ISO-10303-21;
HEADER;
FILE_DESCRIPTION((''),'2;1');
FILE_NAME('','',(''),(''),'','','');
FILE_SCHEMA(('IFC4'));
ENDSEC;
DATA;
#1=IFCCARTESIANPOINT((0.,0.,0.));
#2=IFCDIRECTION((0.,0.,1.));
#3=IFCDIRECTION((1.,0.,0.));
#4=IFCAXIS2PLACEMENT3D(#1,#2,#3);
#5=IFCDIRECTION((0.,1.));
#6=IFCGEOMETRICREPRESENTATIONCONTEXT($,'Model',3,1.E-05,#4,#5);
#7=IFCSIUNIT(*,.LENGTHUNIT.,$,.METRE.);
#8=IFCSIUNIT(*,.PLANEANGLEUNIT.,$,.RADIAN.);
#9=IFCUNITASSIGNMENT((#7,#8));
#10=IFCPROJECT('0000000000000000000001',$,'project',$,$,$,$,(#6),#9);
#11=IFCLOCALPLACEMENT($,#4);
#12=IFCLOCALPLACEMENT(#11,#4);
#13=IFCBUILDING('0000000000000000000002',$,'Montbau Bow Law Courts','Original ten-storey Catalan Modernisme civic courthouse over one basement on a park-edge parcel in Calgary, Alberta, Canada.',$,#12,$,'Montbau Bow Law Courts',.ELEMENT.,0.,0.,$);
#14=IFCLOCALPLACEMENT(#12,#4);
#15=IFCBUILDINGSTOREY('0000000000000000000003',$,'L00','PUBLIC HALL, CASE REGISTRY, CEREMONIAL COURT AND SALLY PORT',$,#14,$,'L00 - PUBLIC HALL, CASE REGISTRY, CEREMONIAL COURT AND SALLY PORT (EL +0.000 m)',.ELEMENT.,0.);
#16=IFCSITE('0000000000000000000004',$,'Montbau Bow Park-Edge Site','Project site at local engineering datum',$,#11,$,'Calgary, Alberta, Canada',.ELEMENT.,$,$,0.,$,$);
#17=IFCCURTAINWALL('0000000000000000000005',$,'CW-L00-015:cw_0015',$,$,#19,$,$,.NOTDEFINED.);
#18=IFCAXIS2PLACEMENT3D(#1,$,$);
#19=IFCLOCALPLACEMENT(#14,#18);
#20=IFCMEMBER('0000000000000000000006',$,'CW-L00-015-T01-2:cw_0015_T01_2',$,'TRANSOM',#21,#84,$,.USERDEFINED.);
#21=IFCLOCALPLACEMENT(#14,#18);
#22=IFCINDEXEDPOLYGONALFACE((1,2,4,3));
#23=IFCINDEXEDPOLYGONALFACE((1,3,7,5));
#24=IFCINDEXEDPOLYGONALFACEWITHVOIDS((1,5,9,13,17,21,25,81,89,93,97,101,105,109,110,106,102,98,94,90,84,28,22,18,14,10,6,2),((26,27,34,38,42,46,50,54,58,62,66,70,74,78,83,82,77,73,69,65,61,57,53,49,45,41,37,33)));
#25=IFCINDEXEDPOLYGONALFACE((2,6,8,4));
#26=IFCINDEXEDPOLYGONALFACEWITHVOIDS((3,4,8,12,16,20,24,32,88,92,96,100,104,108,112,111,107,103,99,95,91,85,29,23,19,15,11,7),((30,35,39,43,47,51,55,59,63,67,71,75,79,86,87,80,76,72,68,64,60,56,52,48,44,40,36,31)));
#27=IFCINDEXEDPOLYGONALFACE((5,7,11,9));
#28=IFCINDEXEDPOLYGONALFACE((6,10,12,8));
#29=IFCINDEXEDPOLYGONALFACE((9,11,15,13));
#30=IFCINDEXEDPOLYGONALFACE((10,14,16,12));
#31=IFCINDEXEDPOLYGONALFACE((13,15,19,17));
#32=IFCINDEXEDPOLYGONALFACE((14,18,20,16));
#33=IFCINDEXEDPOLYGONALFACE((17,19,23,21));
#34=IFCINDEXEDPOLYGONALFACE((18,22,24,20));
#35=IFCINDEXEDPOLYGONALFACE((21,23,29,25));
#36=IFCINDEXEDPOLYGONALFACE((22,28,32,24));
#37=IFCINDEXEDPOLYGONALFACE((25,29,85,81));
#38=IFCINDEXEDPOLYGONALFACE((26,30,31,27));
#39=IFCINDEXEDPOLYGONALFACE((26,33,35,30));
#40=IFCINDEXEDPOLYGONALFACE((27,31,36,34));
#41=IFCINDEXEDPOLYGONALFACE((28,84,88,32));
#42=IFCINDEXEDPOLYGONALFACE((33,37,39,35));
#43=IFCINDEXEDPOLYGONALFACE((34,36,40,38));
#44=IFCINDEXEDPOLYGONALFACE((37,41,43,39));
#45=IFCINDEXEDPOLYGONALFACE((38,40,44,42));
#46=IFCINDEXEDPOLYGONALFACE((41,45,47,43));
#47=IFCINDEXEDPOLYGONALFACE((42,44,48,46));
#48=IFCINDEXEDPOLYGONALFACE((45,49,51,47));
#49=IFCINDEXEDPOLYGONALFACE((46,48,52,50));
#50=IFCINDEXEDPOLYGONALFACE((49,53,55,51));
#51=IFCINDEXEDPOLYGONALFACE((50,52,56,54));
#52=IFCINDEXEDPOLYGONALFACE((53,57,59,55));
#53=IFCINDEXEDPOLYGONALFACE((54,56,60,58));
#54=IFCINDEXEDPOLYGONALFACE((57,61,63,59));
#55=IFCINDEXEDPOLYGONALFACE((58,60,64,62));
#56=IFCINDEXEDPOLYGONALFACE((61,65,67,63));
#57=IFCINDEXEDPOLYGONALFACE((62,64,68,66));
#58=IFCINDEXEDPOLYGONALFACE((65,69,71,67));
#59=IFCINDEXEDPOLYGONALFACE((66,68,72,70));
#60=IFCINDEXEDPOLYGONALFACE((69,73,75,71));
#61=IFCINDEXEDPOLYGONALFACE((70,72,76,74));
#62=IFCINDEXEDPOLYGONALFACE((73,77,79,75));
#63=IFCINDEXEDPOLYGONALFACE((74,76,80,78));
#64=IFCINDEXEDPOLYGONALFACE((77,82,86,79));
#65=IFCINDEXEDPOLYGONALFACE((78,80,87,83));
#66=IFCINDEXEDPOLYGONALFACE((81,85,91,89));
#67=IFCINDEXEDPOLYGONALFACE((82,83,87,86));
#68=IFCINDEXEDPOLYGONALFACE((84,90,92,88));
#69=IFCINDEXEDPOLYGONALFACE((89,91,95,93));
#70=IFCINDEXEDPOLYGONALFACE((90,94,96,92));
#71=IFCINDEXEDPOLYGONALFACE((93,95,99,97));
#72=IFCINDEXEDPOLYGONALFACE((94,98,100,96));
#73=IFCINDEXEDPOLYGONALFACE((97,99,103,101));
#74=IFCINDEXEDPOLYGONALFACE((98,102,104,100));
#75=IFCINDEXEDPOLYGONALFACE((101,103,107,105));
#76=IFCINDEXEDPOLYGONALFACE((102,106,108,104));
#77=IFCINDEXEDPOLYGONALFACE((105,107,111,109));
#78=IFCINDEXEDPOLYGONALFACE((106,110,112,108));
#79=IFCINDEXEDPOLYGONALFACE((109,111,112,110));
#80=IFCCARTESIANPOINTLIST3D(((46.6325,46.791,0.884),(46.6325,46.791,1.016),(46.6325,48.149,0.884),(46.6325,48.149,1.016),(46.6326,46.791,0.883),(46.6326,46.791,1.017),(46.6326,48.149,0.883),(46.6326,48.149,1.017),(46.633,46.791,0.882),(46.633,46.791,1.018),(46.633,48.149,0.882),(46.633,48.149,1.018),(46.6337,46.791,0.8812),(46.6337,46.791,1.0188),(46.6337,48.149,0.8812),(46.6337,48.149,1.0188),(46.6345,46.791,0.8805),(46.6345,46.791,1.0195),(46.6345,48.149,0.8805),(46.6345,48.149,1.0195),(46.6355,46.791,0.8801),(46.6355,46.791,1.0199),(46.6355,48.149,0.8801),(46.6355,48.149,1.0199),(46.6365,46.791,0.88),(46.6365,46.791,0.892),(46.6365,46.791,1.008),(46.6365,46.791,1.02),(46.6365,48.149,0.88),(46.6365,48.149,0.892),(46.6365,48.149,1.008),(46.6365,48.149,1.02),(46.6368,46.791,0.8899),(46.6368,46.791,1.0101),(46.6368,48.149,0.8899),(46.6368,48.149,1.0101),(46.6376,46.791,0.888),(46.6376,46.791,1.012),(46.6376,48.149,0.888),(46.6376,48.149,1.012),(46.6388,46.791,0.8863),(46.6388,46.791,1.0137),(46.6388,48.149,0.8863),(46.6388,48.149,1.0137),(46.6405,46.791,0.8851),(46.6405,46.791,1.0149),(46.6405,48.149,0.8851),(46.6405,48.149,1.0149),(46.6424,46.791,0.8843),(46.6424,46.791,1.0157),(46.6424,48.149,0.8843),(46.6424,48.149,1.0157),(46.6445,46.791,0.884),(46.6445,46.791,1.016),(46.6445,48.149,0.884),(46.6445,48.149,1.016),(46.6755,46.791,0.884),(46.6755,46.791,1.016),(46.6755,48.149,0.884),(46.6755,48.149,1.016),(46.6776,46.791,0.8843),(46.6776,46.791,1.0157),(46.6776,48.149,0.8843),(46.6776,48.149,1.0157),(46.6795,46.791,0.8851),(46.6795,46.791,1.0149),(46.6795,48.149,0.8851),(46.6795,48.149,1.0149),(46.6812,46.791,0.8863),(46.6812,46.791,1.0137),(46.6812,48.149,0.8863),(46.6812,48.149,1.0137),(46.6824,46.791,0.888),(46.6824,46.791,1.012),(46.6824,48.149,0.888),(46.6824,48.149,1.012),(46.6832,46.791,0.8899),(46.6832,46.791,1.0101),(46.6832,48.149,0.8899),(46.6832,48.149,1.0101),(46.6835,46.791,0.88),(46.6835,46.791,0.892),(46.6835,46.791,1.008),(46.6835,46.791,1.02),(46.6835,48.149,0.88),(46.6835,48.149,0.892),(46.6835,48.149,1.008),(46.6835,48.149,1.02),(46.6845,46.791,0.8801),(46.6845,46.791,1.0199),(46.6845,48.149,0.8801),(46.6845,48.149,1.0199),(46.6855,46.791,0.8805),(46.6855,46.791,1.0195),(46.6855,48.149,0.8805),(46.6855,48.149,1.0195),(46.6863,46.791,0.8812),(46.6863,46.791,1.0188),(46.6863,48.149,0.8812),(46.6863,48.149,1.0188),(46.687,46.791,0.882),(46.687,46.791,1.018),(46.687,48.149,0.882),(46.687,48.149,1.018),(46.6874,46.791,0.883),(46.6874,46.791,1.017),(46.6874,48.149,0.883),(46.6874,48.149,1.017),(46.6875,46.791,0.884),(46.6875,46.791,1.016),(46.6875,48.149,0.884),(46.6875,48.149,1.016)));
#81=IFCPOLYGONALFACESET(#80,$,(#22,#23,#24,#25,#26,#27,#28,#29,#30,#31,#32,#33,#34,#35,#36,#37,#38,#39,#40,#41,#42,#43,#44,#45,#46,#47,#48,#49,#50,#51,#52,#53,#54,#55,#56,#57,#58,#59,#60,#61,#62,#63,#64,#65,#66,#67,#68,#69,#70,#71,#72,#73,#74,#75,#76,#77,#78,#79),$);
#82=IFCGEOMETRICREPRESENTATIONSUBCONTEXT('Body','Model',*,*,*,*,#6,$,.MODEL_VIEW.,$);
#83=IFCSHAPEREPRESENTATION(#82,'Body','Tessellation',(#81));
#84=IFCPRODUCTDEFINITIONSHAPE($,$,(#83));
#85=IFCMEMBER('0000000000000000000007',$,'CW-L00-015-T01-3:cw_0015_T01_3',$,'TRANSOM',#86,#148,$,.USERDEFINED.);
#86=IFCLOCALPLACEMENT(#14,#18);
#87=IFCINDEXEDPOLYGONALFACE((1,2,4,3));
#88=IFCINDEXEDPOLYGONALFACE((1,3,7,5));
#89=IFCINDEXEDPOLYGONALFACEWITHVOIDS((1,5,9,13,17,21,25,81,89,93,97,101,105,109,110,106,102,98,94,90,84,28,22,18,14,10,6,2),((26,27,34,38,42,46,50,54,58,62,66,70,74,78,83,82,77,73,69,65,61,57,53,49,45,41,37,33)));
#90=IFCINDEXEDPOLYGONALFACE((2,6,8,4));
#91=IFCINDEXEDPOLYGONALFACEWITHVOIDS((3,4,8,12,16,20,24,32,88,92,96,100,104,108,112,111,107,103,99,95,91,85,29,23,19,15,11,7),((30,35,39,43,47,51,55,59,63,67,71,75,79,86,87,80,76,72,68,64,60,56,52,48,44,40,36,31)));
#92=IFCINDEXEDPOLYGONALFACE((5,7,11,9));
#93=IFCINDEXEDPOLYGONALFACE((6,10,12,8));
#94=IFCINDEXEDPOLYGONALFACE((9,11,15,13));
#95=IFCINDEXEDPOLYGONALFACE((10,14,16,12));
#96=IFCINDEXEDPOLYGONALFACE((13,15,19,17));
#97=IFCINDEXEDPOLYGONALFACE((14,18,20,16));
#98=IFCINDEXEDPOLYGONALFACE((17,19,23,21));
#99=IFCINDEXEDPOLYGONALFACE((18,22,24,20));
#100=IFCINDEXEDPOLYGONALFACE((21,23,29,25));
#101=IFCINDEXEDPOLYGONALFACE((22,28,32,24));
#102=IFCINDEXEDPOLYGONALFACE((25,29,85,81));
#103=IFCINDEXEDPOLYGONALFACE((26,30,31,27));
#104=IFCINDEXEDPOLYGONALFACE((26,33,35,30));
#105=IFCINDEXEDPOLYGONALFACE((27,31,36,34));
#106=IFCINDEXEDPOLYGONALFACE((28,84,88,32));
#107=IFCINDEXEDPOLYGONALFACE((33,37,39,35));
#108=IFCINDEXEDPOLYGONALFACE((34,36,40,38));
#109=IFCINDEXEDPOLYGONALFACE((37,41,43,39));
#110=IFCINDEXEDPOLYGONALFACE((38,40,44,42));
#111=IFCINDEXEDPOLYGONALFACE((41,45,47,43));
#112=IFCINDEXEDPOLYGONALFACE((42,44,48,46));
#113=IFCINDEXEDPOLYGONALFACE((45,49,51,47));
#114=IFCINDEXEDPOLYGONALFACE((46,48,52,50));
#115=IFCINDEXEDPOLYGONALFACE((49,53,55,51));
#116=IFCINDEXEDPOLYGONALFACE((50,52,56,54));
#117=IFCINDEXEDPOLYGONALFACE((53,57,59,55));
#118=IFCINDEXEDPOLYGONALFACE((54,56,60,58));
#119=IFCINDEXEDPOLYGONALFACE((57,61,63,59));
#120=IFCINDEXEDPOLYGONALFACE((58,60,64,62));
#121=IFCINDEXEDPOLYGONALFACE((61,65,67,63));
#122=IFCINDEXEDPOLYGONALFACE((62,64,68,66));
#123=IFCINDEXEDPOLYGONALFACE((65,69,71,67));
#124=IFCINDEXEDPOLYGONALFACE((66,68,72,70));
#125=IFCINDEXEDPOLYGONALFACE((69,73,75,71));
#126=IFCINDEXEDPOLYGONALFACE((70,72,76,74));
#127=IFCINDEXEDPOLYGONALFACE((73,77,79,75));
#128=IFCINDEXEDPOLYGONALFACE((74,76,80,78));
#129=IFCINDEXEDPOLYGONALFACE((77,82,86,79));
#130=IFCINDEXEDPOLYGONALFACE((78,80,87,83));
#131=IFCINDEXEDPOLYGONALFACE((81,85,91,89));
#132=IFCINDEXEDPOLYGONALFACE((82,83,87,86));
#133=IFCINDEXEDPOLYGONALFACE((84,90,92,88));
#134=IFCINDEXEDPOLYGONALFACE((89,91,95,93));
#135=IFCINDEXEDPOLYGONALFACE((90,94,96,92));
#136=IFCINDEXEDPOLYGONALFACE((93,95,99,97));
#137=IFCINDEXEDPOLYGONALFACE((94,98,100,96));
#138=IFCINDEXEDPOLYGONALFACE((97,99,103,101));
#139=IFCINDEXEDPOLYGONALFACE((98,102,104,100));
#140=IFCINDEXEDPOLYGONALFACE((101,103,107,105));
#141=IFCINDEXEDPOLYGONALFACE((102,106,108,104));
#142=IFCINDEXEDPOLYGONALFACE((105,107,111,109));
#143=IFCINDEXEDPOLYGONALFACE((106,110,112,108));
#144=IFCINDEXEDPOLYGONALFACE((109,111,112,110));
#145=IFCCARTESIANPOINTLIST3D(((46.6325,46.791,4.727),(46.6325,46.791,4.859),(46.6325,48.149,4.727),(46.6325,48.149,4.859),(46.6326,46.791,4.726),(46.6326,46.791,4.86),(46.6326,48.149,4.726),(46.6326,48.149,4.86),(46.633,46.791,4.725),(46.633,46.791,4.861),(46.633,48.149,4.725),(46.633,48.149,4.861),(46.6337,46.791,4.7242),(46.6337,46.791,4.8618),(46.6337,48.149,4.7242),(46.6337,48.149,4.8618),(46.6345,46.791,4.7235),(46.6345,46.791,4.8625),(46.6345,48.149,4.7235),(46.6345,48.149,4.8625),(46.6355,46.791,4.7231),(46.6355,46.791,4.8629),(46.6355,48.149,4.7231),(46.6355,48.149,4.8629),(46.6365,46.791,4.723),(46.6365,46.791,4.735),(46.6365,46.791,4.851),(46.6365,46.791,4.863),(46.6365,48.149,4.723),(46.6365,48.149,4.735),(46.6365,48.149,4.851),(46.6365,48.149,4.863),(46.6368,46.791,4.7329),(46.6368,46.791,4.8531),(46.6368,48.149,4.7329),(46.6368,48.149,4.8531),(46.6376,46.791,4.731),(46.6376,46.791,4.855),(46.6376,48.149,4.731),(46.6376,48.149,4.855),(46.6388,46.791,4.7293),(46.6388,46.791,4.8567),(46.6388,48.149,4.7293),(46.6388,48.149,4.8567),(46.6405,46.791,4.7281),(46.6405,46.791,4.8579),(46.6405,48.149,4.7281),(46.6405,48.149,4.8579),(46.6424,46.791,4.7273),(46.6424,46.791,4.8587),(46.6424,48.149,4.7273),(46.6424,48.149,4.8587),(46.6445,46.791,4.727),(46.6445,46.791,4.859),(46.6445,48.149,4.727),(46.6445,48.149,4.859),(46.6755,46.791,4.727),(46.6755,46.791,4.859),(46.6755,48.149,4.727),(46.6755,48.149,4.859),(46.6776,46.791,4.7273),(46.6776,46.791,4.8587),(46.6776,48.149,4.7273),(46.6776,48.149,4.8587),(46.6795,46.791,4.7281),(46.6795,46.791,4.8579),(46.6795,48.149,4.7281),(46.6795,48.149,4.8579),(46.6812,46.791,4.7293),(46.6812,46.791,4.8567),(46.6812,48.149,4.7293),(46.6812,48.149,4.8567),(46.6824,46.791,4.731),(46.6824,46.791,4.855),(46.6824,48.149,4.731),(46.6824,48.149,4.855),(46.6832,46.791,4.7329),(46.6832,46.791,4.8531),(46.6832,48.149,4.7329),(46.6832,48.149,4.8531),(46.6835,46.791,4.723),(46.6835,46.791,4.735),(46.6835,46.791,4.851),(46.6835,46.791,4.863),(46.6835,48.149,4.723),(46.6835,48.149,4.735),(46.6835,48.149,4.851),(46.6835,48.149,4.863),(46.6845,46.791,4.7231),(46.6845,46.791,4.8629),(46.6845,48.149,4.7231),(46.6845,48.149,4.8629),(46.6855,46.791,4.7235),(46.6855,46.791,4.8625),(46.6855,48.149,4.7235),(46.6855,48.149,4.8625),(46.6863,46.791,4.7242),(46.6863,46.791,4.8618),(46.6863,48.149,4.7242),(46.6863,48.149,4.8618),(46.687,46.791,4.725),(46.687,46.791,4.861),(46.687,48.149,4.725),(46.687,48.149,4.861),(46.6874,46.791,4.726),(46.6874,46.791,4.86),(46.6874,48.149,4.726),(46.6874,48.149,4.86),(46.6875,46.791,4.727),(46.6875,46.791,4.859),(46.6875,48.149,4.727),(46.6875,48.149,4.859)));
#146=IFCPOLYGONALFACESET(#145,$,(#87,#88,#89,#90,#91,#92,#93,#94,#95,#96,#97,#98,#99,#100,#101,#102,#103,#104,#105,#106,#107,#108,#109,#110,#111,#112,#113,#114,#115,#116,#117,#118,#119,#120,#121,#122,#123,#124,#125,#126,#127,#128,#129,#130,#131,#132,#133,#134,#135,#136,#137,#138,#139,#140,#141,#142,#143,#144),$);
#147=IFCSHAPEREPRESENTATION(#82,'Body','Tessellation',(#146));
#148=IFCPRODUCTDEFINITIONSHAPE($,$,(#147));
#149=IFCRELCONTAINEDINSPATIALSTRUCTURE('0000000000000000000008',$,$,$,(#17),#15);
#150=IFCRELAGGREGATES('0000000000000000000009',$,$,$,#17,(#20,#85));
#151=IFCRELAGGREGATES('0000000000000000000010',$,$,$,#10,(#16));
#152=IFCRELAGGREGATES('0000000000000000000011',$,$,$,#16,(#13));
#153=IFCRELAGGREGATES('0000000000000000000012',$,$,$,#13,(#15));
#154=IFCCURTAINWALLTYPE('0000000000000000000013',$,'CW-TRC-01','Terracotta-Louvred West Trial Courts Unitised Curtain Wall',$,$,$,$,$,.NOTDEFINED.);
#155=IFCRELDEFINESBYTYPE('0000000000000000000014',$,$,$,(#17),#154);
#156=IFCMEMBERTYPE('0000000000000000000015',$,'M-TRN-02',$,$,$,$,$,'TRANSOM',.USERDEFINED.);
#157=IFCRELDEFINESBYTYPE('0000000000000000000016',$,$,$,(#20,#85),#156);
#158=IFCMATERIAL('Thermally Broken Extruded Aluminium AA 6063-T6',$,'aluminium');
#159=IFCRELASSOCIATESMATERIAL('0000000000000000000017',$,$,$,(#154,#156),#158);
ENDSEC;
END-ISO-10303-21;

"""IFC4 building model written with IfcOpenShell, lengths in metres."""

from ifc_helpers import new_model, si_unit, direction, frame, origin_with_axes, origin_2d_with_axis, place, context, subcontext, project, spatial, hollow_rectangle, extrude, material, material_profile, profile_set, type_object, element, aggregate, save


model = new_model("IFC4")

# Units and contexts
model_context = context("Model", 3, precision=1e-05, world=origin_with_axes(), true_north=direction((0.0, 1.0)))
body_context = subcontext(model_context, "Body", "Model", "MODEL_VIEW")
ifc_project = project(units=[si_unit("LENGTHUNIT", "METRE"), si_unit("PLANEANGLEUNIT", "RADIAN")], contexts=[model_context])

# Site, building, storey
site_placement = place(None, origin_with_axes())
site = spatial("IfcSite", under=ifc_project, at=site_placement, Name="Montbau Bow Park-Edge Site", Description="Project site at local engineering datum", LongName="Calgary, Alberta, Canada", CompositionType="ELEMENT", RefElevation=0.0)
building_placement = place(site_placement, origin_with_axes())
building = spatial("IfcBuilding", under=site, at=building_placement, Name="Montbau Bow Law Courts", Description="Original ten-storey Catalan Modernisme civic courthouse over one basement on a park-edge parcel in Calgary, Alberta, Canada.", LongName="Montbau Bow Law Courts", CompositionType="ELEMENT", ElevationOfRefHeight=0.0, ElevationOfTerrain=0.0)
storey_placement = place(building_placement, origin_with_axes())
storey = spatial("IfcBuildingStorey", under=building, at=storey_placement, Name="L00", Description="PUBLIC HALL, CASE REGISTRY, CEREMONIAL COURT AND SALLY PORT", LongName="L00 - PUBLIC HALL, CASE REGISTRY, CEREMONIAL COURT AND SALLY PORT (EL +0.000 m)", CompositionType="ELEMENT", Elevation=0.0)

# Shared definitions
ifc_material_1 = material(Name="Thermally Broken Extruded Aluminium AA 6063-T6", Category="aluminium")

# Curtain wall, members
curtain_wall_type_1 = type_object("IfcCurtainWallType", Name="CW-TRC-01", Description="Terracotta-Louvred West Trial Courts Unitised Curtain Wall", PredefinedType="NOTDEFINED", material=ifc_material_1)
curtain_wall_1_placement = place(None, frame((46.66, 46.715, 0.0), z_axis=(0.0, 0.0, 1.0), x_axis=(1.0, 0.0, 0.0)))
curtain_wall_1 = element("IfcCurtainWall", 1, at=curtain_wall_1_placement, inside=storey, type_object=curtain_wall_type_1, Name="CW-L00-015:cw_0015", PredefinedType="NOTDEFINED")
ifc_material_profile_1 = material_profile(ifc_material_1, hollow_rectangle(XDim=0.055, YDim=0.14, WallThickness=0.004, InnerFilletRadius=0.008, OuterFilletRadius=0.004, at=origin_2d_with_axis()), Name="CWT-140X55", Category="Main", Priority=0)
ifc_profile_set_1 = profile_set([ifc_material_profile_1], Name="Thermally Broken Extruded Aluminium AA 6063-T6")
member_type_1 = type_object("IfcMemberType", Name="M-TRN-02", ElementType="TRANSOM", PredefinedType="USERDEFINED", material=ifc_profile_set_1)
member_1_placement = place(None, frame((46.66, 46.791, 0.95), z_axis=(0.0, 1.0, 0.0), x_axis=(-1.0, 0.0, 0.0)))
member_1 = element("IfcMember", 2, at=member_1_placement, type_object=member_type_1, Name="CW-L00-015-T01-2:cw_0015_T01_2", ObjectType="TRANSOM", PredefinedType="USERDEFINED", context=body_context, shape_type="SweptSolid", body=[
    extrude(hollow_rectangle(XDim=0.055, YDim=0.14, WallThickness=0.004, InnerFilletRadius=0.008, OuterFilletRadius=0.004, at=origin_2d_with_axis()), origin_with_axes(), (0.0, 0.0, 1.0), 1.358),
])
member_2_placement = place(None, frame((46.66, 46.791, 4.793), z_axis=(0.0, 1.0, 0.0), x_axis=(-1.0, 0.0, 0.0)))
member_2 = element("IfcMember", 3, at=member_2_placement, type_object=member_type_1, Name="CW-L00-015-T01-3:cw_0015_T01_3", ObjectType="TRANSOM", PredefinedType="USERDEFINED", context=body_context, shape_type="SweptSolid", body=[
    extrude(hollow_rectangle(XDim=0.055, YDim=0.14, WallThickness=0.004, InnerFilletRadius=0.008, OuterFilletRadius=0.004, at=origin_2d_with_axis()), origin_with_axes(), (0.0, 0.0, 1.0), 1.358),
])
aggregate(curtain_wall_1, [member_1, member_2])

save(model, "model.ifc")
